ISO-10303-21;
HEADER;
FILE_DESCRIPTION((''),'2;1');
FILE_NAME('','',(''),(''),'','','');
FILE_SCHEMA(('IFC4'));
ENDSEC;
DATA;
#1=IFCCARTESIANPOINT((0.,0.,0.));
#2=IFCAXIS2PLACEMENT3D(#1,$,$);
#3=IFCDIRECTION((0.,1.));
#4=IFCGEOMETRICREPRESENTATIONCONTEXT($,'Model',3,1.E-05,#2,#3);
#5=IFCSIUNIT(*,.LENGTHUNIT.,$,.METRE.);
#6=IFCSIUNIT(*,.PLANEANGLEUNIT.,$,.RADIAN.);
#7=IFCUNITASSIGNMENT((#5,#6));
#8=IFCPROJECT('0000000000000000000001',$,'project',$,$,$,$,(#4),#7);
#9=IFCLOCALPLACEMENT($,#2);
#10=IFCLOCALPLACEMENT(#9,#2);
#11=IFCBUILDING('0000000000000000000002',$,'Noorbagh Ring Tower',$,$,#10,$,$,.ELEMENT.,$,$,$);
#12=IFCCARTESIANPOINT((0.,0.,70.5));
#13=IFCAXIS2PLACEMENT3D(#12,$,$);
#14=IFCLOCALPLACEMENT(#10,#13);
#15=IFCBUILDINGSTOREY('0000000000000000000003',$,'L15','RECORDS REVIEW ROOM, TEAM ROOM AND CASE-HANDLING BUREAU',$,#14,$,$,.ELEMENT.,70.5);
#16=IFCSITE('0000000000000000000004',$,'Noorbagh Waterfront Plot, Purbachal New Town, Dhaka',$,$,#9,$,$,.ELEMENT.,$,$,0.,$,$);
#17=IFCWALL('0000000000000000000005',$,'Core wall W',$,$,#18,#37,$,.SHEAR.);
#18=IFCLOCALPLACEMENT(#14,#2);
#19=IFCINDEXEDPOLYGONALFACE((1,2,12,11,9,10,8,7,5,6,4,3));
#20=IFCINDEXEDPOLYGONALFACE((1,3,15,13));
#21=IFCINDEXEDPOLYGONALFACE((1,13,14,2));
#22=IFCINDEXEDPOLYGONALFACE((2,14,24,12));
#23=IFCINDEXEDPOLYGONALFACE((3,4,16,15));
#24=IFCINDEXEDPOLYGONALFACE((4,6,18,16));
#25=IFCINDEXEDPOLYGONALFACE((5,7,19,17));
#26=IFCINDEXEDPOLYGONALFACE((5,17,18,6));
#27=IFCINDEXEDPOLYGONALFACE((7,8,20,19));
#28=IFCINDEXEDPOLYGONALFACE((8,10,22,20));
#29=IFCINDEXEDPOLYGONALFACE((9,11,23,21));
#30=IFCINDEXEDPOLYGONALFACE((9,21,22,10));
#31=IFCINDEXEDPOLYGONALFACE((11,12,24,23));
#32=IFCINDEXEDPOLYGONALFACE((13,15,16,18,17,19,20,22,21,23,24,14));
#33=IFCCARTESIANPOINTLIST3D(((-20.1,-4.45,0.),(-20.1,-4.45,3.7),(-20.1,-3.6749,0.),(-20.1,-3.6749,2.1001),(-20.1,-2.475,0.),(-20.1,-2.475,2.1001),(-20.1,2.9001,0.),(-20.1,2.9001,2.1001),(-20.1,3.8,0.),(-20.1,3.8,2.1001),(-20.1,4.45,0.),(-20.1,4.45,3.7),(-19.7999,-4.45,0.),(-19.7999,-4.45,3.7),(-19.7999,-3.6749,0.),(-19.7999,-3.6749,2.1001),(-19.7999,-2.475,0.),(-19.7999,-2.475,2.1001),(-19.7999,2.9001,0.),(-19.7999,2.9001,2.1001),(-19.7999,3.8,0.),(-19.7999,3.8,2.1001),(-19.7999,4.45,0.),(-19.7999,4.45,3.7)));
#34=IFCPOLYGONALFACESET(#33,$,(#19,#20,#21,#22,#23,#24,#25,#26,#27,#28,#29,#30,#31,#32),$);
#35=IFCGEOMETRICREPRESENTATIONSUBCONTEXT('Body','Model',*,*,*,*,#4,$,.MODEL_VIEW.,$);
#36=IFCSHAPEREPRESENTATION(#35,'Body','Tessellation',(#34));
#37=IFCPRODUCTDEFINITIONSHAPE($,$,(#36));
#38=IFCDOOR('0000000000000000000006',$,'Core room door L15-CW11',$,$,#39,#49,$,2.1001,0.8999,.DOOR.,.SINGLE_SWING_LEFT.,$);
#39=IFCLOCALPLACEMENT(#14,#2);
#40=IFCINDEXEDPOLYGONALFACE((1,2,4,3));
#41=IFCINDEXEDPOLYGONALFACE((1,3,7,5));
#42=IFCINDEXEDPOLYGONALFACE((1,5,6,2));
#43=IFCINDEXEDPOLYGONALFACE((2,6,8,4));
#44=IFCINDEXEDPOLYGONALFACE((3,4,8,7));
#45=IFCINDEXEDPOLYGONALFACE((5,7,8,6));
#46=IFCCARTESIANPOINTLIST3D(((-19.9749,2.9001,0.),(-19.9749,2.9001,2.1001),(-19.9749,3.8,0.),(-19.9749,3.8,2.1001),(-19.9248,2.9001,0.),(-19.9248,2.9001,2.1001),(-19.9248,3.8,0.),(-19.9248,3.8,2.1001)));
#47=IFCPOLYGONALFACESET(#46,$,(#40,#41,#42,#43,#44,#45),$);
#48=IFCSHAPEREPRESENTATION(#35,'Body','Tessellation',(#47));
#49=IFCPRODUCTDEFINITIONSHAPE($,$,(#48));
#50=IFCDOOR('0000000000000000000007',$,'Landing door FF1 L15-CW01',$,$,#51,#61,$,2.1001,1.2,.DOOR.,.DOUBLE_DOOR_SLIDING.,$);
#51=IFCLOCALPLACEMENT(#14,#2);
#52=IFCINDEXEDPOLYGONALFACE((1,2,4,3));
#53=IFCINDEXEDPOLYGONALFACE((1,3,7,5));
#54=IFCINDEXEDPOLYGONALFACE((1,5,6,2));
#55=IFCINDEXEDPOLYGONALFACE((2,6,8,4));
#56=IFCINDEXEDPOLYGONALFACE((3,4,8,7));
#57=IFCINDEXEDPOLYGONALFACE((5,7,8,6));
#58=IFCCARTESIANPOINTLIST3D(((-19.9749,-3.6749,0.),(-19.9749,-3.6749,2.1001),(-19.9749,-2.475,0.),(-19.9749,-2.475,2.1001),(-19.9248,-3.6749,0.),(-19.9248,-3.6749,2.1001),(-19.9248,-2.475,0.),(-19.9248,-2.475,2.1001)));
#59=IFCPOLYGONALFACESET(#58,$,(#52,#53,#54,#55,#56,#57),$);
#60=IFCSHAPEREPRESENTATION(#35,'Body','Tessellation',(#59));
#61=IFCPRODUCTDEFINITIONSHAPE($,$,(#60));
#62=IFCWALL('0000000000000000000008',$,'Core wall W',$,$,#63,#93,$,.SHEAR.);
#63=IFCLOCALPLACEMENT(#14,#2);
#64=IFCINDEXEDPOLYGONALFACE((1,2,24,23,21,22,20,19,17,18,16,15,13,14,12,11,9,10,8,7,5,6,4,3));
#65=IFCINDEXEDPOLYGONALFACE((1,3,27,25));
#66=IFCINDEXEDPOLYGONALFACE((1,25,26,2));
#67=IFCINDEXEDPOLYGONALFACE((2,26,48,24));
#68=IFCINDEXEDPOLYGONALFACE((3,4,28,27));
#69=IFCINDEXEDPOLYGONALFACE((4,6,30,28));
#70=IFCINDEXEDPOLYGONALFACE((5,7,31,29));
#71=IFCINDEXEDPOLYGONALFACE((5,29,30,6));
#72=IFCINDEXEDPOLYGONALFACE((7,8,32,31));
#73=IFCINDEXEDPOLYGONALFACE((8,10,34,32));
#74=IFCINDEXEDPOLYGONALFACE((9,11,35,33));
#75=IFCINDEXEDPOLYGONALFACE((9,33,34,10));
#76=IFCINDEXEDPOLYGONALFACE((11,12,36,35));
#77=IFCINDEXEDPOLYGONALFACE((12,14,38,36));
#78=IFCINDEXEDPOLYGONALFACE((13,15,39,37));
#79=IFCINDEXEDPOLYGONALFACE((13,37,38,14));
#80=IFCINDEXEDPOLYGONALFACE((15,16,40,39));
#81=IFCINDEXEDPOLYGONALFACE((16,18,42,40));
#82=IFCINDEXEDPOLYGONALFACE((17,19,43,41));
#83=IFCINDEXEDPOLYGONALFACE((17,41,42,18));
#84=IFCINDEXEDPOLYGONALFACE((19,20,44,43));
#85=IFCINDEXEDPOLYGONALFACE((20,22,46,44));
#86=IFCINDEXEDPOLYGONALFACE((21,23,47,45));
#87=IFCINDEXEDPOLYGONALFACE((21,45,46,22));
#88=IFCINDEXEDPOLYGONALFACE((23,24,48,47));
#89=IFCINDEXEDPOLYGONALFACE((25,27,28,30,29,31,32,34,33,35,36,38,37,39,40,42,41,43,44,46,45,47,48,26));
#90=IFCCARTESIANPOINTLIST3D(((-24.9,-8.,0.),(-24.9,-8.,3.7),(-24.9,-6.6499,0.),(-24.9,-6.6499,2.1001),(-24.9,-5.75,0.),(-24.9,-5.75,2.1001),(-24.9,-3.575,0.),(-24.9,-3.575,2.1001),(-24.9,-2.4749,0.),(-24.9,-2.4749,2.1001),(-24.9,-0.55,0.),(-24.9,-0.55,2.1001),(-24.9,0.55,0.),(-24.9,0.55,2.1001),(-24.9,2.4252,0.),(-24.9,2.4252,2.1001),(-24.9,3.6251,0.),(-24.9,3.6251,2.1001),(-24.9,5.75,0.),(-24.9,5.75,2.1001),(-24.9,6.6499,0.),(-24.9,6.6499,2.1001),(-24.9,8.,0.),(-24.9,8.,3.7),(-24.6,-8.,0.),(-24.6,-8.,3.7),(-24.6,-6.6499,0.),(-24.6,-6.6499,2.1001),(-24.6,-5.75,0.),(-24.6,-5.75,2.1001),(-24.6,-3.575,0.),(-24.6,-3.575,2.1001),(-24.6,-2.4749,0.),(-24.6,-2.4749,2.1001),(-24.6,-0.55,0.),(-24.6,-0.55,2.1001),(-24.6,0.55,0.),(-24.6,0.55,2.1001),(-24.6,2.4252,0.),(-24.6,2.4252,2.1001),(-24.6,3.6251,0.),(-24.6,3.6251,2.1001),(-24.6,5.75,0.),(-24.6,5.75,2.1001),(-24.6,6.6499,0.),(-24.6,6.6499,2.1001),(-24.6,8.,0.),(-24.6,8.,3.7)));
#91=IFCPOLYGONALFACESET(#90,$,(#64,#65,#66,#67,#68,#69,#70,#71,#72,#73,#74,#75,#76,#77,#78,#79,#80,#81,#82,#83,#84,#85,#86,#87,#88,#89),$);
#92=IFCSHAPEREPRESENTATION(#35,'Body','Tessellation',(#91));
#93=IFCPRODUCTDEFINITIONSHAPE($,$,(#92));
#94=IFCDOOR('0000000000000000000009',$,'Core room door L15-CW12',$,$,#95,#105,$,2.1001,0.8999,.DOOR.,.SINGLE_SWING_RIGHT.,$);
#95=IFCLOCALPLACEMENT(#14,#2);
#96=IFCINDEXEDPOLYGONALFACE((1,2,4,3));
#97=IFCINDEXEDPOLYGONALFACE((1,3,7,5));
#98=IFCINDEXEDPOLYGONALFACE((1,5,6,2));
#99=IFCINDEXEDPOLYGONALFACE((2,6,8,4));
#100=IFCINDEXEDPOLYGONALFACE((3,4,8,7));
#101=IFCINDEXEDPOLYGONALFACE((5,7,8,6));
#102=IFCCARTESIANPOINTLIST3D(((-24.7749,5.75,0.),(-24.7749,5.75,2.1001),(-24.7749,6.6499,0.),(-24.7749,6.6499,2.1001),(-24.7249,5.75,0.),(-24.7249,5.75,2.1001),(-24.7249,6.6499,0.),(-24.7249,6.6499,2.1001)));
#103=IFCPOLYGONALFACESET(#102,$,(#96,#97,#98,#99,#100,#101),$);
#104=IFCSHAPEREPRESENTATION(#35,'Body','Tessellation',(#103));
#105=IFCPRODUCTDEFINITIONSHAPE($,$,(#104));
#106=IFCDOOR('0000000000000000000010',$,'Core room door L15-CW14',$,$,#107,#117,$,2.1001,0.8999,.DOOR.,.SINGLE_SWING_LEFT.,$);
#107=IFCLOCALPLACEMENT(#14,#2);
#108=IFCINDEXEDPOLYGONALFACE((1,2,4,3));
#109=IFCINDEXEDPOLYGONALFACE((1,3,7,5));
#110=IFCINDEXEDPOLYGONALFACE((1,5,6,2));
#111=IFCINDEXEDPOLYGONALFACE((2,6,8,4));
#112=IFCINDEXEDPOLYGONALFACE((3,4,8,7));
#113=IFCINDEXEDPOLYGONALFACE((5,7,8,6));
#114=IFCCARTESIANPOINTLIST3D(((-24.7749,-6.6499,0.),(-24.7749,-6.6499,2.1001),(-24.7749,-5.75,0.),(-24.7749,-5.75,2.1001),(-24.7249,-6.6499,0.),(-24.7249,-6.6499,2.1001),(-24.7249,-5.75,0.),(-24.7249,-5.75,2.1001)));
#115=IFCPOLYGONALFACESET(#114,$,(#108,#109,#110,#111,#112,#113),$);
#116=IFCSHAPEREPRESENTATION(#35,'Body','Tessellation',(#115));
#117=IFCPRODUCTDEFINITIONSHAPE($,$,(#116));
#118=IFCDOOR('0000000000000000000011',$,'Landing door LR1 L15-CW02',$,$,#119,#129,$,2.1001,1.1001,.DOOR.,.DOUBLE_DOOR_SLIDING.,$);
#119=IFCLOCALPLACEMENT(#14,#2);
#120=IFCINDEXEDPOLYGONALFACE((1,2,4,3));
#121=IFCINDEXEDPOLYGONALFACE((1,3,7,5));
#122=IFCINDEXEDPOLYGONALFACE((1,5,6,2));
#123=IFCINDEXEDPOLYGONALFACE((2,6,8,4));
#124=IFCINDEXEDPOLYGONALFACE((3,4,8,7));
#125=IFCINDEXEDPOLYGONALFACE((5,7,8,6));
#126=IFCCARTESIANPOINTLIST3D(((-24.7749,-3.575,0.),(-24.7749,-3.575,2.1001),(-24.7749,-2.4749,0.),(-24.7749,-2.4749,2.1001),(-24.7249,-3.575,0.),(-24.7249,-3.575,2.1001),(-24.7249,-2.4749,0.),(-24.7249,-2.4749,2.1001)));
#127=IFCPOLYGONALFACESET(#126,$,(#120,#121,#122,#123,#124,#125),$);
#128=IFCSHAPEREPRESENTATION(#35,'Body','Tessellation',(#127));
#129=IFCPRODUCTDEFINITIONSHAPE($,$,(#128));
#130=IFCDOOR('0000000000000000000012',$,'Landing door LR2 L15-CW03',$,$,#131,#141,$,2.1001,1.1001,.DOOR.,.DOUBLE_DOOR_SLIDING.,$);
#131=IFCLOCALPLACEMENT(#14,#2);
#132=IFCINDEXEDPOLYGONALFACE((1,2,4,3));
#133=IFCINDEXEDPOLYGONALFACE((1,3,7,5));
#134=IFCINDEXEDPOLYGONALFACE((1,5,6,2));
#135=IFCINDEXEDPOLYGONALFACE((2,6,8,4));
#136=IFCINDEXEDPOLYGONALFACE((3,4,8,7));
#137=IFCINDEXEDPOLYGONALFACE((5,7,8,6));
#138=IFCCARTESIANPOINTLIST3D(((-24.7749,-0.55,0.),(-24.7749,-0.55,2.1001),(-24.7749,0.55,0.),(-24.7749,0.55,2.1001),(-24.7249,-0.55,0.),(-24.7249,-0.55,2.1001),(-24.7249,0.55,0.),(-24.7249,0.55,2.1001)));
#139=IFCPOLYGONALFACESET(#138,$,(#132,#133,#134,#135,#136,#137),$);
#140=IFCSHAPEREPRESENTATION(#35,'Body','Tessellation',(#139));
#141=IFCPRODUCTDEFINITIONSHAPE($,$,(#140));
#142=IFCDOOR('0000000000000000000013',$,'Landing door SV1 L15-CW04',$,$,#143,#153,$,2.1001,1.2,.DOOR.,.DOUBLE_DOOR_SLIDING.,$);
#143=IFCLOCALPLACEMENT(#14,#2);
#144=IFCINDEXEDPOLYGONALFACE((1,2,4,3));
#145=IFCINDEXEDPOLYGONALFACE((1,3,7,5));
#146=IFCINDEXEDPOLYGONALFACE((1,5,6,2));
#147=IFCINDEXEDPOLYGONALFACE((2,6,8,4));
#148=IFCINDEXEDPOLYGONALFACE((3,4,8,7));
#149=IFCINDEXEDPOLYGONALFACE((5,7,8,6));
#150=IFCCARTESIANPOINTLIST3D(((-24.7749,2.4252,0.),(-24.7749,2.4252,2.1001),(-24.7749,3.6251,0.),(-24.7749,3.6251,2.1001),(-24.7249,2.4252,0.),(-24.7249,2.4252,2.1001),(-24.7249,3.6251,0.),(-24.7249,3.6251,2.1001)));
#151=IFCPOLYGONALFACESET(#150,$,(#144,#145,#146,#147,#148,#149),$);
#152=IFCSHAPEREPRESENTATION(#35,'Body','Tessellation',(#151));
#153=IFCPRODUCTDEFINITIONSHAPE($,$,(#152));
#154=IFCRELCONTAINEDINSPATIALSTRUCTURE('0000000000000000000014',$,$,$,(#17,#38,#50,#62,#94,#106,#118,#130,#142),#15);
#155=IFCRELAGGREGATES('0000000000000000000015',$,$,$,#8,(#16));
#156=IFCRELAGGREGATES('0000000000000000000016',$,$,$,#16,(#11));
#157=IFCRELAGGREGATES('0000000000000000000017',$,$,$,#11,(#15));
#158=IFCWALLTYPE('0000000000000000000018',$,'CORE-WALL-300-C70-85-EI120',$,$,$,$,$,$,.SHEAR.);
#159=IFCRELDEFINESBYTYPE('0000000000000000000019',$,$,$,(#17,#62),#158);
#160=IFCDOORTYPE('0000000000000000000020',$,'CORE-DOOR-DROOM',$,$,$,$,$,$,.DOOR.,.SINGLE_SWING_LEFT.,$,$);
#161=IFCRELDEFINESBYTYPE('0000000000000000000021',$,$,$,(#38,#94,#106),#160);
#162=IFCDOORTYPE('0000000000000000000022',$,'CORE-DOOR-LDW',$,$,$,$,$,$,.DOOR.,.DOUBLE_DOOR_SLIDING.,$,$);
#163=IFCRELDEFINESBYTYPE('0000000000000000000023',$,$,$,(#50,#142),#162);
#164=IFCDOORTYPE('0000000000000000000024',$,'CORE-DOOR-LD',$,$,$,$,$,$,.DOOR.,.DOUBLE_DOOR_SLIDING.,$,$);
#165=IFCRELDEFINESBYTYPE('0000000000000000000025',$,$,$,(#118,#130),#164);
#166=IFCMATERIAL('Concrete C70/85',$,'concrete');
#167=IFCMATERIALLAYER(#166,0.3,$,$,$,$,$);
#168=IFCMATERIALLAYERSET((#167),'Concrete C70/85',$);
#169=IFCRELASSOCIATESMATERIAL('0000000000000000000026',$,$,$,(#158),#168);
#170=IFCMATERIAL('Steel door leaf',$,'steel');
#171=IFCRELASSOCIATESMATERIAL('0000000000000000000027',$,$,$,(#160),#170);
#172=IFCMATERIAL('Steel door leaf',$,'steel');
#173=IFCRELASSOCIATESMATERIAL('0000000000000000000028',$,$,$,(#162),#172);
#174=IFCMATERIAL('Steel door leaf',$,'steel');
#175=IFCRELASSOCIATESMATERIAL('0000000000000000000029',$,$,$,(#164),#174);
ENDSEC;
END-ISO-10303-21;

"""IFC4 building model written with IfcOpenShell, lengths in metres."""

from ifc_helpers import new_model, si_unit, direction, frame, frame_2d, origin, place, context, subcontext, project, spatial, rectangle, extrude, material, layer, layer_set, type_object, element, fill, save


model = new_model("IFC4")

# Units and contexts
model_context = context("Model", 3, precision=1e-05, world=origin(), true_north=direction((0.0, 1.0)))
body_context = subcontext(model_context, "Body", "Model", "MODEL_VIEW")
ifc_project = project(units=[si_unit("LENGTHUNIT", "METRE"), si_unit("PLANEANGLEUNIT", "RADIAN")], contexts=[model_context])

# Site, building, storey
site_placement = place(None, origin())
site = spatial("IfcSite", under=ifc_project, at=site_placement, Name="Noorbagh Waterfront Plot, Purbachal New Town, Dhaka", CompositionType="ELEMENT", RefElevation=0.0)
building_placement = place(site_placement, origin())
building = spatial("IfcBuilding", under=site, at=building_placement, Name="Noorbagh Ring Tower", CompositionType="ELEMENT")
storey_placement = place(building_placement, frame((0.0, 0.0, 70.5)))
storey = spatial("IfcBuildingStorey", under=building, at=storey_placement, Name="L15", Description="RECORDS REVIEW ROOM, TEAM ROOM AND CASE-HANDLING BUREAU", CompositionType="ELEMENT", Elevation=70.5)

# Shared definitions
ifc_material_1 = material(Name="Concrete C70/85", Category="concrete")
ifc_layer_1 = layer(ifc_material_1, 0.3)
ifc_layer_set_1 = layer_set([ifc_layer_1], Name="Concrete C70/85")
wall_type_1 = type_object("IfcWallType", Name="CORE-WALL-300-C70-85-EI120", PredefinedType="SHEAR", material=ifc_layer_set_1)

# Walls, openings, doors
wall_1_placement = place(storey_placement, frame((-19.95, -4.45, 0.0), z_axis=(0.0, 0.0, 1.0), x_axis=(0.0, 1.0, 0.0)))
wall_1 = element("IfcWall", 1, at=wall_1_placement, inside=storey, type_object=wall_type_1, Name="Core wall W", PredefinedType="SHEAR", context=body_context, shape_type="SweptSolid", body=[
    extrude(rectangle(XDim=8.8999, YDim=0.3, at=frame_2d((4.45, 0.0))), origin(), (0.0, 0.0, 1.0), 3.7),
])
opening_1_placement = place(wall_1_placement, frame((0.7749, 0.0, 0.0)))
opening_1 = element("IfcOpeningElement", 2, at=opening_1_placement, cuts=wall_1, PredefinedType="OPENING", context=body_context, shape_type="SweptSolid", body=[
    extrude(rectangle(XDim=1.2, YDim=2.1001, at=frame_2d((0.6001, 1.05))), frame((0.0, 0.1602, 0.0), z_axis=(0.0, -1.0, 0.0), x_axis=(1.0, 0.0, 0.0)), (0.0, 0.0, 1.0), 0.3201),
])
opening_2_placement = place(wall_1_placement, frame((7.3501, 0.0, 0.0)))
opening_2 = element("IfcOpeningElement", 3, at=opening_2_placement, cuts=wall_1, PredefinedType="OPENING", context=body_context, shape_type="SweptSolid", body=[
    extrude(rectangle(XDim=0.8999, YDim=2.1001, at=frame_2d((0.45, 1.05))), frame((0.0, 0.1602, 0.0), z_axis=(0.0, -1.0, 0.0), x_axis=(1.0, 0.0, 0.0)), (0.0, 0.0, 1.0), 0.3201),
])
ifc_material_2 = material(Name="Steel door leaf", Category="steel")
door_type_1 = type_object("IfcDoorType", Name="CORE-DOOR-DROOM", OperationType="SINGLE_SWING_LEFT", PredefinedType="DOOR", material=ifc_material_2)
door_1_placement = place(opening_2_placement, origin())
door_1 = element("IfcDoor", 4, at=door_1_placement, inside=storey, type_object=door_type_1, Name="Core room door L15-CW11", OperationType="SINGLE_SWING_LEFT", OverallHeight=2.1001, OverallWidth=0.8999, PredefinedType="DOOR", context=body_context, shape_type="SweptSolid", body=[
    extrude(rectangle(XDim=0.8999, YDim=2.1001, at=frame_2d((0.45, 1.05))), frame((0.0, 0.0249, 0.0), z_axis=(0.0, -1.0, 0.0), x_axis=(1.0, 0.0, 0.0)), (0.0, 0.0, 1.0), 0.05),
])
fill(opening_2, door_1)
ifc_material_3 = material(Name="Steel door leaf", Category="steel")
door_type_2 = type_object("IfcDoorType", Name="CORE-DOOR-LDW", OperationType="DOUBLE_DOOR_SLIDING", PredefinedType="DOOR", material=ifc_material_3)
door_2_placement = place(opening_1_placement, origin())
door_2 = element("IfcDoor", 5, at=door_2_placement, inside=storey, type_object=door_type_2, Name="Landing door FF1 L15-CW01", OperationType="DOUBLE_DOOR_SLIDING", OverallHeight=2.1001, OverallWidth=1.2, PredefinedType="DOOR", context=body_context, shape_type="SweptSolid", body=[
    extrude(rectangle(XDim=1.2, YDim=2.1001, at=frame_2d((0.6001, 1.05))), frame((0.0, 0.0249, 0.0), z_axis=(0.0, -1.0, 0.0), x_axis=(1.0, 0.0, 0.0)), (0.0, 0.0, 1.0), 0.05),
])
fill(opening_1, door_2)
wall_2_placement = place(storey_placement, frame((-24.75, -8.0, 0.0), z_axis=(0.0, 0.0, 1.0), x_axis=(0.0, 1.0, 0.0)))
wall_2 = element("IfcWall", 6, at=wall_2_placement, inside=storey, type_object=wall_type_1, Name="Core wall W", PredefinedType="SHEAR", context=body_context, shape_type="SweptSolid", body=[
    extrude(rectangle(XDim=16.0, YDim=0.3, at=frame_2d((8.0, 0.0))), origin(), (0.0, 0.0, 1.0), 3.7),
])
opening_3_placement = place(wall_2_placement, frame((4.425, 0.0, 0.0)))
opening_3 = element("IfcOpeningElement", 7, at=opening_3_placement, cuts=wall_2, PredefinedType="OPENING", context=body_context, shape_type="SweptSolid", body=[
    extrude(rectangle(XDim=1.1001, YDim=2.1001, at=frame_2d((0.55, 1.05))), frame((0.0, 0.1602, 0.0), z_axis=(0.0, -1.0, 0.0), x_axis=(1.0, 0.0, 0.0)), (0.0, 0.0, 1.0), 0.3201),
])
opening_4_placement = place(wall_2_placement, frame((7.45, 0.0, 0.0)))
opening_4 = element("IfcOpeningElement", 8, at=opening_4_placement, cuts=wall_2, PredefinedType="OPENING", context=body_context, shape_type="SweptSolid", body=[
    extrude(rectangle(XDim=1.1001, YDim=2.1001, at=frame_2d((0.55, 1.05))), frame((0.0, 0.1602, 0.0), z_axis=(0.0, -1.0, 0.0), x_axis=(1.0, 0.0, 0.0)), (0.0, 0.0, 1.0), 0.3201),
])
opening_5_placement = place(wall_2_placement, frame((10.425, 0.0, 0.0)))
opening_5 = element("IfcOpeningElement", 9, at=opening_5_placement, cuts=wall_2, PredefinedType="OPENING", context=body_context, shape_type="SweptSolid", body=[
    extrude(rectangle(XDim=1.2, YDim=2.1001, at=frame_2d((0.6001, 1.05))), frame((0.0, 0.1602, 0.0), z_axis=(0.0, -1.0, 0.0), x_axis=(1.0, 0.0, 0.0)), (0.0, 0.0, 1.0), 0.3201),
])
opening_6_placement = place(wall_2_placement, frame((13.75, 0.0, 0.0)))
opening_6 = element("IfcOpeningElement", 10, at=opening_6_placement, cuts=wall_2, PredefinedType="OPENING", context=body_context, shape_type="SweptSolid", body=[
    extrude(rectangle(XDim=0.8999, YDim=2.1001, at=frame_2d((0.45, 1.05))), frame((0.0, 0.1602, 0.0), z_axis=(0.0, -1.0, 0.0), x_axis=(1.0, 0.0, 0.0)), (0.0, 0.0, 1.0), 0.3201),
])
opening_7_placement = place(wall_2_placement, frame((1.3501, 0.0, 0.0)))
opening_7 = element("IfcOpeningElement", 11, at=opening_7_placement, cuts=wall_2, PredefinedType="OPENING", context=body_context, shape_type="SweptSolid", body=[
    extrude(rectangle(XDim=0.8999, YDim=2.1001, at=frame_2d((0.45, 1.05))), frame((0.0, 0.1602, 0.0), z_axis=(0.0, -1.0, 0.0), x_axis=(1.0, 0.0, 0.0)), (0.0, 0.0, 1.0), 0.3201),
])
door_3_placement = place(opening_6_placement, origin())
door_3 = element("IfcDoor", 12, at=door_3_placement, inside=storey, type_object=door_type_1, Name="Core room door L15-CW12", OperationType="SINGLE_SWING_RIGHT", OverallHeight=2.1001, OverallWidth=0.8999, PredefinedType="DOOR", context=body_context, shape_type="SweptSolid", body=[
    extrude(rectangle(XDim=0.8999, YDim=2.1001, at=frame_2d((0.45, 1.05))), frame((0.0, 0.0249, 0.0), z_axis=(0.0, -1.0, 0.0), x_axis=(1.0, 0.0, 0.0)), (0.0, 0.0, 1.0), 0.05),
])
fill(opening_6, door_3)
door_4_placement = place(opening_7_placement, origin())
door_4 = element("IfcDoor", 13, at=door_4_placement, inside=storey, type_object=door_type_1, Name="Core room door L15-CW14", OperationType="SINGLE_SWING_LEFT", OverallHeight=2.1001, OverallWidth=0.8999, PredefinedType="DOOR", context=body_context, shape_type="SweptSolid", body=[
    extrude(rectangle(XDim=0.8999, YDim=2.1001, at=frame_2d((0.45, 1.05))), frame((0.0, 0.0249, 0.0), z_axis=(0.0, -1.0, 0.0), x_axis=(1.0, 0.0, 0.0)), (0.0, 0.0, 1.0), 0.05),
])
fill(opening_7, door_4)
ifc_material_4 = material(Name="Steel door leaf", Category="steel")
door_type_3 = type_object("IfcDoorType", Name="CORE-DOOR-LD", OperationType="DOUBLE_DOOR_SLIDING", PredefinedType="DOOR", material=ifc_material_4)
door_5_placement = place(opening_3_placement, origin())
door_5 = element("IfcDoor", 14, at=door_5_placement, inside=storey, type_object=door_type_3, Name="Landing door LR1 L15-CW02", OperationType="DOUBLE_DOOR_SLIDING", OverallHeight=2.1001, OverallWidth=1.1001, PredefinedType="DOOR", context=body_context, shape_type="SweptSolid", body=[
    extrude(rectangle(XDim=1.1001, YDim=2.1001, at=frame_2d((0.55, 1.05))), frame((0.0, 0.0249, 0.0), z_axis=(0.0, -1.0, 0.0), x_axis=(1.0, 0.0, 0.0)), (0.0, 0.0, 1.0), 0.05),
])
fill(opening_3, door_5)
door_6_placement = place(opening_4_placement, origin())
door_6 = element("IfcDoor", 15, at=door_6_placement, inside=storey, type_object=door_type_3, Name="Landing door LR2 L15-CW03", OperationType="DOUBLE_DOOR_SLIDING", OverallHeight=2.1001, OverallWidth=1.1001, PredefinedType="DOOR", context=body_context, shape_type="SweptSolid", body=[
    extrude(rectangle(XDim=1.1001, YDim=2.1001, at=frame_2d((0.55, 1.05))), frame((0.0, 0.0249, 0.0), z_axis=(0.0, -1.0, 0.0), x_axis=(1.0, 0.0, 0.0)), (0.0, 0.0, 1.0), 0.05),
])
fill(opening_4, door_6)
door_7_placement = place(opening_5_placement, origin())
door_7 = element("IfcDoor", 16, at=door_7_placement, inside=storey, type_object=door_type_2, Name="Landing door SV1 L15-CW04", OperationType="DOUBLE_DOOR_SLIDING", OverallHeight=2.1001, OverallWidth=1.2, PredefinedType="DOOR", context=body_context, shape_type="SweptSolid", body=[
    extrude(rectangle(XDim=1.2, YDim=2.1001, at=frame_2d((0.6001, 1.05))), frame((0.0, 0.0249, 0.0), z_axis=(0.0, -1.0, 0.0), x_axis=(1.0, 0.0, 0.0)), (0.0, 0.0, 1.0), 0.05),
])
fill(opening_5, door_7)

save(model, "model.ifc")
